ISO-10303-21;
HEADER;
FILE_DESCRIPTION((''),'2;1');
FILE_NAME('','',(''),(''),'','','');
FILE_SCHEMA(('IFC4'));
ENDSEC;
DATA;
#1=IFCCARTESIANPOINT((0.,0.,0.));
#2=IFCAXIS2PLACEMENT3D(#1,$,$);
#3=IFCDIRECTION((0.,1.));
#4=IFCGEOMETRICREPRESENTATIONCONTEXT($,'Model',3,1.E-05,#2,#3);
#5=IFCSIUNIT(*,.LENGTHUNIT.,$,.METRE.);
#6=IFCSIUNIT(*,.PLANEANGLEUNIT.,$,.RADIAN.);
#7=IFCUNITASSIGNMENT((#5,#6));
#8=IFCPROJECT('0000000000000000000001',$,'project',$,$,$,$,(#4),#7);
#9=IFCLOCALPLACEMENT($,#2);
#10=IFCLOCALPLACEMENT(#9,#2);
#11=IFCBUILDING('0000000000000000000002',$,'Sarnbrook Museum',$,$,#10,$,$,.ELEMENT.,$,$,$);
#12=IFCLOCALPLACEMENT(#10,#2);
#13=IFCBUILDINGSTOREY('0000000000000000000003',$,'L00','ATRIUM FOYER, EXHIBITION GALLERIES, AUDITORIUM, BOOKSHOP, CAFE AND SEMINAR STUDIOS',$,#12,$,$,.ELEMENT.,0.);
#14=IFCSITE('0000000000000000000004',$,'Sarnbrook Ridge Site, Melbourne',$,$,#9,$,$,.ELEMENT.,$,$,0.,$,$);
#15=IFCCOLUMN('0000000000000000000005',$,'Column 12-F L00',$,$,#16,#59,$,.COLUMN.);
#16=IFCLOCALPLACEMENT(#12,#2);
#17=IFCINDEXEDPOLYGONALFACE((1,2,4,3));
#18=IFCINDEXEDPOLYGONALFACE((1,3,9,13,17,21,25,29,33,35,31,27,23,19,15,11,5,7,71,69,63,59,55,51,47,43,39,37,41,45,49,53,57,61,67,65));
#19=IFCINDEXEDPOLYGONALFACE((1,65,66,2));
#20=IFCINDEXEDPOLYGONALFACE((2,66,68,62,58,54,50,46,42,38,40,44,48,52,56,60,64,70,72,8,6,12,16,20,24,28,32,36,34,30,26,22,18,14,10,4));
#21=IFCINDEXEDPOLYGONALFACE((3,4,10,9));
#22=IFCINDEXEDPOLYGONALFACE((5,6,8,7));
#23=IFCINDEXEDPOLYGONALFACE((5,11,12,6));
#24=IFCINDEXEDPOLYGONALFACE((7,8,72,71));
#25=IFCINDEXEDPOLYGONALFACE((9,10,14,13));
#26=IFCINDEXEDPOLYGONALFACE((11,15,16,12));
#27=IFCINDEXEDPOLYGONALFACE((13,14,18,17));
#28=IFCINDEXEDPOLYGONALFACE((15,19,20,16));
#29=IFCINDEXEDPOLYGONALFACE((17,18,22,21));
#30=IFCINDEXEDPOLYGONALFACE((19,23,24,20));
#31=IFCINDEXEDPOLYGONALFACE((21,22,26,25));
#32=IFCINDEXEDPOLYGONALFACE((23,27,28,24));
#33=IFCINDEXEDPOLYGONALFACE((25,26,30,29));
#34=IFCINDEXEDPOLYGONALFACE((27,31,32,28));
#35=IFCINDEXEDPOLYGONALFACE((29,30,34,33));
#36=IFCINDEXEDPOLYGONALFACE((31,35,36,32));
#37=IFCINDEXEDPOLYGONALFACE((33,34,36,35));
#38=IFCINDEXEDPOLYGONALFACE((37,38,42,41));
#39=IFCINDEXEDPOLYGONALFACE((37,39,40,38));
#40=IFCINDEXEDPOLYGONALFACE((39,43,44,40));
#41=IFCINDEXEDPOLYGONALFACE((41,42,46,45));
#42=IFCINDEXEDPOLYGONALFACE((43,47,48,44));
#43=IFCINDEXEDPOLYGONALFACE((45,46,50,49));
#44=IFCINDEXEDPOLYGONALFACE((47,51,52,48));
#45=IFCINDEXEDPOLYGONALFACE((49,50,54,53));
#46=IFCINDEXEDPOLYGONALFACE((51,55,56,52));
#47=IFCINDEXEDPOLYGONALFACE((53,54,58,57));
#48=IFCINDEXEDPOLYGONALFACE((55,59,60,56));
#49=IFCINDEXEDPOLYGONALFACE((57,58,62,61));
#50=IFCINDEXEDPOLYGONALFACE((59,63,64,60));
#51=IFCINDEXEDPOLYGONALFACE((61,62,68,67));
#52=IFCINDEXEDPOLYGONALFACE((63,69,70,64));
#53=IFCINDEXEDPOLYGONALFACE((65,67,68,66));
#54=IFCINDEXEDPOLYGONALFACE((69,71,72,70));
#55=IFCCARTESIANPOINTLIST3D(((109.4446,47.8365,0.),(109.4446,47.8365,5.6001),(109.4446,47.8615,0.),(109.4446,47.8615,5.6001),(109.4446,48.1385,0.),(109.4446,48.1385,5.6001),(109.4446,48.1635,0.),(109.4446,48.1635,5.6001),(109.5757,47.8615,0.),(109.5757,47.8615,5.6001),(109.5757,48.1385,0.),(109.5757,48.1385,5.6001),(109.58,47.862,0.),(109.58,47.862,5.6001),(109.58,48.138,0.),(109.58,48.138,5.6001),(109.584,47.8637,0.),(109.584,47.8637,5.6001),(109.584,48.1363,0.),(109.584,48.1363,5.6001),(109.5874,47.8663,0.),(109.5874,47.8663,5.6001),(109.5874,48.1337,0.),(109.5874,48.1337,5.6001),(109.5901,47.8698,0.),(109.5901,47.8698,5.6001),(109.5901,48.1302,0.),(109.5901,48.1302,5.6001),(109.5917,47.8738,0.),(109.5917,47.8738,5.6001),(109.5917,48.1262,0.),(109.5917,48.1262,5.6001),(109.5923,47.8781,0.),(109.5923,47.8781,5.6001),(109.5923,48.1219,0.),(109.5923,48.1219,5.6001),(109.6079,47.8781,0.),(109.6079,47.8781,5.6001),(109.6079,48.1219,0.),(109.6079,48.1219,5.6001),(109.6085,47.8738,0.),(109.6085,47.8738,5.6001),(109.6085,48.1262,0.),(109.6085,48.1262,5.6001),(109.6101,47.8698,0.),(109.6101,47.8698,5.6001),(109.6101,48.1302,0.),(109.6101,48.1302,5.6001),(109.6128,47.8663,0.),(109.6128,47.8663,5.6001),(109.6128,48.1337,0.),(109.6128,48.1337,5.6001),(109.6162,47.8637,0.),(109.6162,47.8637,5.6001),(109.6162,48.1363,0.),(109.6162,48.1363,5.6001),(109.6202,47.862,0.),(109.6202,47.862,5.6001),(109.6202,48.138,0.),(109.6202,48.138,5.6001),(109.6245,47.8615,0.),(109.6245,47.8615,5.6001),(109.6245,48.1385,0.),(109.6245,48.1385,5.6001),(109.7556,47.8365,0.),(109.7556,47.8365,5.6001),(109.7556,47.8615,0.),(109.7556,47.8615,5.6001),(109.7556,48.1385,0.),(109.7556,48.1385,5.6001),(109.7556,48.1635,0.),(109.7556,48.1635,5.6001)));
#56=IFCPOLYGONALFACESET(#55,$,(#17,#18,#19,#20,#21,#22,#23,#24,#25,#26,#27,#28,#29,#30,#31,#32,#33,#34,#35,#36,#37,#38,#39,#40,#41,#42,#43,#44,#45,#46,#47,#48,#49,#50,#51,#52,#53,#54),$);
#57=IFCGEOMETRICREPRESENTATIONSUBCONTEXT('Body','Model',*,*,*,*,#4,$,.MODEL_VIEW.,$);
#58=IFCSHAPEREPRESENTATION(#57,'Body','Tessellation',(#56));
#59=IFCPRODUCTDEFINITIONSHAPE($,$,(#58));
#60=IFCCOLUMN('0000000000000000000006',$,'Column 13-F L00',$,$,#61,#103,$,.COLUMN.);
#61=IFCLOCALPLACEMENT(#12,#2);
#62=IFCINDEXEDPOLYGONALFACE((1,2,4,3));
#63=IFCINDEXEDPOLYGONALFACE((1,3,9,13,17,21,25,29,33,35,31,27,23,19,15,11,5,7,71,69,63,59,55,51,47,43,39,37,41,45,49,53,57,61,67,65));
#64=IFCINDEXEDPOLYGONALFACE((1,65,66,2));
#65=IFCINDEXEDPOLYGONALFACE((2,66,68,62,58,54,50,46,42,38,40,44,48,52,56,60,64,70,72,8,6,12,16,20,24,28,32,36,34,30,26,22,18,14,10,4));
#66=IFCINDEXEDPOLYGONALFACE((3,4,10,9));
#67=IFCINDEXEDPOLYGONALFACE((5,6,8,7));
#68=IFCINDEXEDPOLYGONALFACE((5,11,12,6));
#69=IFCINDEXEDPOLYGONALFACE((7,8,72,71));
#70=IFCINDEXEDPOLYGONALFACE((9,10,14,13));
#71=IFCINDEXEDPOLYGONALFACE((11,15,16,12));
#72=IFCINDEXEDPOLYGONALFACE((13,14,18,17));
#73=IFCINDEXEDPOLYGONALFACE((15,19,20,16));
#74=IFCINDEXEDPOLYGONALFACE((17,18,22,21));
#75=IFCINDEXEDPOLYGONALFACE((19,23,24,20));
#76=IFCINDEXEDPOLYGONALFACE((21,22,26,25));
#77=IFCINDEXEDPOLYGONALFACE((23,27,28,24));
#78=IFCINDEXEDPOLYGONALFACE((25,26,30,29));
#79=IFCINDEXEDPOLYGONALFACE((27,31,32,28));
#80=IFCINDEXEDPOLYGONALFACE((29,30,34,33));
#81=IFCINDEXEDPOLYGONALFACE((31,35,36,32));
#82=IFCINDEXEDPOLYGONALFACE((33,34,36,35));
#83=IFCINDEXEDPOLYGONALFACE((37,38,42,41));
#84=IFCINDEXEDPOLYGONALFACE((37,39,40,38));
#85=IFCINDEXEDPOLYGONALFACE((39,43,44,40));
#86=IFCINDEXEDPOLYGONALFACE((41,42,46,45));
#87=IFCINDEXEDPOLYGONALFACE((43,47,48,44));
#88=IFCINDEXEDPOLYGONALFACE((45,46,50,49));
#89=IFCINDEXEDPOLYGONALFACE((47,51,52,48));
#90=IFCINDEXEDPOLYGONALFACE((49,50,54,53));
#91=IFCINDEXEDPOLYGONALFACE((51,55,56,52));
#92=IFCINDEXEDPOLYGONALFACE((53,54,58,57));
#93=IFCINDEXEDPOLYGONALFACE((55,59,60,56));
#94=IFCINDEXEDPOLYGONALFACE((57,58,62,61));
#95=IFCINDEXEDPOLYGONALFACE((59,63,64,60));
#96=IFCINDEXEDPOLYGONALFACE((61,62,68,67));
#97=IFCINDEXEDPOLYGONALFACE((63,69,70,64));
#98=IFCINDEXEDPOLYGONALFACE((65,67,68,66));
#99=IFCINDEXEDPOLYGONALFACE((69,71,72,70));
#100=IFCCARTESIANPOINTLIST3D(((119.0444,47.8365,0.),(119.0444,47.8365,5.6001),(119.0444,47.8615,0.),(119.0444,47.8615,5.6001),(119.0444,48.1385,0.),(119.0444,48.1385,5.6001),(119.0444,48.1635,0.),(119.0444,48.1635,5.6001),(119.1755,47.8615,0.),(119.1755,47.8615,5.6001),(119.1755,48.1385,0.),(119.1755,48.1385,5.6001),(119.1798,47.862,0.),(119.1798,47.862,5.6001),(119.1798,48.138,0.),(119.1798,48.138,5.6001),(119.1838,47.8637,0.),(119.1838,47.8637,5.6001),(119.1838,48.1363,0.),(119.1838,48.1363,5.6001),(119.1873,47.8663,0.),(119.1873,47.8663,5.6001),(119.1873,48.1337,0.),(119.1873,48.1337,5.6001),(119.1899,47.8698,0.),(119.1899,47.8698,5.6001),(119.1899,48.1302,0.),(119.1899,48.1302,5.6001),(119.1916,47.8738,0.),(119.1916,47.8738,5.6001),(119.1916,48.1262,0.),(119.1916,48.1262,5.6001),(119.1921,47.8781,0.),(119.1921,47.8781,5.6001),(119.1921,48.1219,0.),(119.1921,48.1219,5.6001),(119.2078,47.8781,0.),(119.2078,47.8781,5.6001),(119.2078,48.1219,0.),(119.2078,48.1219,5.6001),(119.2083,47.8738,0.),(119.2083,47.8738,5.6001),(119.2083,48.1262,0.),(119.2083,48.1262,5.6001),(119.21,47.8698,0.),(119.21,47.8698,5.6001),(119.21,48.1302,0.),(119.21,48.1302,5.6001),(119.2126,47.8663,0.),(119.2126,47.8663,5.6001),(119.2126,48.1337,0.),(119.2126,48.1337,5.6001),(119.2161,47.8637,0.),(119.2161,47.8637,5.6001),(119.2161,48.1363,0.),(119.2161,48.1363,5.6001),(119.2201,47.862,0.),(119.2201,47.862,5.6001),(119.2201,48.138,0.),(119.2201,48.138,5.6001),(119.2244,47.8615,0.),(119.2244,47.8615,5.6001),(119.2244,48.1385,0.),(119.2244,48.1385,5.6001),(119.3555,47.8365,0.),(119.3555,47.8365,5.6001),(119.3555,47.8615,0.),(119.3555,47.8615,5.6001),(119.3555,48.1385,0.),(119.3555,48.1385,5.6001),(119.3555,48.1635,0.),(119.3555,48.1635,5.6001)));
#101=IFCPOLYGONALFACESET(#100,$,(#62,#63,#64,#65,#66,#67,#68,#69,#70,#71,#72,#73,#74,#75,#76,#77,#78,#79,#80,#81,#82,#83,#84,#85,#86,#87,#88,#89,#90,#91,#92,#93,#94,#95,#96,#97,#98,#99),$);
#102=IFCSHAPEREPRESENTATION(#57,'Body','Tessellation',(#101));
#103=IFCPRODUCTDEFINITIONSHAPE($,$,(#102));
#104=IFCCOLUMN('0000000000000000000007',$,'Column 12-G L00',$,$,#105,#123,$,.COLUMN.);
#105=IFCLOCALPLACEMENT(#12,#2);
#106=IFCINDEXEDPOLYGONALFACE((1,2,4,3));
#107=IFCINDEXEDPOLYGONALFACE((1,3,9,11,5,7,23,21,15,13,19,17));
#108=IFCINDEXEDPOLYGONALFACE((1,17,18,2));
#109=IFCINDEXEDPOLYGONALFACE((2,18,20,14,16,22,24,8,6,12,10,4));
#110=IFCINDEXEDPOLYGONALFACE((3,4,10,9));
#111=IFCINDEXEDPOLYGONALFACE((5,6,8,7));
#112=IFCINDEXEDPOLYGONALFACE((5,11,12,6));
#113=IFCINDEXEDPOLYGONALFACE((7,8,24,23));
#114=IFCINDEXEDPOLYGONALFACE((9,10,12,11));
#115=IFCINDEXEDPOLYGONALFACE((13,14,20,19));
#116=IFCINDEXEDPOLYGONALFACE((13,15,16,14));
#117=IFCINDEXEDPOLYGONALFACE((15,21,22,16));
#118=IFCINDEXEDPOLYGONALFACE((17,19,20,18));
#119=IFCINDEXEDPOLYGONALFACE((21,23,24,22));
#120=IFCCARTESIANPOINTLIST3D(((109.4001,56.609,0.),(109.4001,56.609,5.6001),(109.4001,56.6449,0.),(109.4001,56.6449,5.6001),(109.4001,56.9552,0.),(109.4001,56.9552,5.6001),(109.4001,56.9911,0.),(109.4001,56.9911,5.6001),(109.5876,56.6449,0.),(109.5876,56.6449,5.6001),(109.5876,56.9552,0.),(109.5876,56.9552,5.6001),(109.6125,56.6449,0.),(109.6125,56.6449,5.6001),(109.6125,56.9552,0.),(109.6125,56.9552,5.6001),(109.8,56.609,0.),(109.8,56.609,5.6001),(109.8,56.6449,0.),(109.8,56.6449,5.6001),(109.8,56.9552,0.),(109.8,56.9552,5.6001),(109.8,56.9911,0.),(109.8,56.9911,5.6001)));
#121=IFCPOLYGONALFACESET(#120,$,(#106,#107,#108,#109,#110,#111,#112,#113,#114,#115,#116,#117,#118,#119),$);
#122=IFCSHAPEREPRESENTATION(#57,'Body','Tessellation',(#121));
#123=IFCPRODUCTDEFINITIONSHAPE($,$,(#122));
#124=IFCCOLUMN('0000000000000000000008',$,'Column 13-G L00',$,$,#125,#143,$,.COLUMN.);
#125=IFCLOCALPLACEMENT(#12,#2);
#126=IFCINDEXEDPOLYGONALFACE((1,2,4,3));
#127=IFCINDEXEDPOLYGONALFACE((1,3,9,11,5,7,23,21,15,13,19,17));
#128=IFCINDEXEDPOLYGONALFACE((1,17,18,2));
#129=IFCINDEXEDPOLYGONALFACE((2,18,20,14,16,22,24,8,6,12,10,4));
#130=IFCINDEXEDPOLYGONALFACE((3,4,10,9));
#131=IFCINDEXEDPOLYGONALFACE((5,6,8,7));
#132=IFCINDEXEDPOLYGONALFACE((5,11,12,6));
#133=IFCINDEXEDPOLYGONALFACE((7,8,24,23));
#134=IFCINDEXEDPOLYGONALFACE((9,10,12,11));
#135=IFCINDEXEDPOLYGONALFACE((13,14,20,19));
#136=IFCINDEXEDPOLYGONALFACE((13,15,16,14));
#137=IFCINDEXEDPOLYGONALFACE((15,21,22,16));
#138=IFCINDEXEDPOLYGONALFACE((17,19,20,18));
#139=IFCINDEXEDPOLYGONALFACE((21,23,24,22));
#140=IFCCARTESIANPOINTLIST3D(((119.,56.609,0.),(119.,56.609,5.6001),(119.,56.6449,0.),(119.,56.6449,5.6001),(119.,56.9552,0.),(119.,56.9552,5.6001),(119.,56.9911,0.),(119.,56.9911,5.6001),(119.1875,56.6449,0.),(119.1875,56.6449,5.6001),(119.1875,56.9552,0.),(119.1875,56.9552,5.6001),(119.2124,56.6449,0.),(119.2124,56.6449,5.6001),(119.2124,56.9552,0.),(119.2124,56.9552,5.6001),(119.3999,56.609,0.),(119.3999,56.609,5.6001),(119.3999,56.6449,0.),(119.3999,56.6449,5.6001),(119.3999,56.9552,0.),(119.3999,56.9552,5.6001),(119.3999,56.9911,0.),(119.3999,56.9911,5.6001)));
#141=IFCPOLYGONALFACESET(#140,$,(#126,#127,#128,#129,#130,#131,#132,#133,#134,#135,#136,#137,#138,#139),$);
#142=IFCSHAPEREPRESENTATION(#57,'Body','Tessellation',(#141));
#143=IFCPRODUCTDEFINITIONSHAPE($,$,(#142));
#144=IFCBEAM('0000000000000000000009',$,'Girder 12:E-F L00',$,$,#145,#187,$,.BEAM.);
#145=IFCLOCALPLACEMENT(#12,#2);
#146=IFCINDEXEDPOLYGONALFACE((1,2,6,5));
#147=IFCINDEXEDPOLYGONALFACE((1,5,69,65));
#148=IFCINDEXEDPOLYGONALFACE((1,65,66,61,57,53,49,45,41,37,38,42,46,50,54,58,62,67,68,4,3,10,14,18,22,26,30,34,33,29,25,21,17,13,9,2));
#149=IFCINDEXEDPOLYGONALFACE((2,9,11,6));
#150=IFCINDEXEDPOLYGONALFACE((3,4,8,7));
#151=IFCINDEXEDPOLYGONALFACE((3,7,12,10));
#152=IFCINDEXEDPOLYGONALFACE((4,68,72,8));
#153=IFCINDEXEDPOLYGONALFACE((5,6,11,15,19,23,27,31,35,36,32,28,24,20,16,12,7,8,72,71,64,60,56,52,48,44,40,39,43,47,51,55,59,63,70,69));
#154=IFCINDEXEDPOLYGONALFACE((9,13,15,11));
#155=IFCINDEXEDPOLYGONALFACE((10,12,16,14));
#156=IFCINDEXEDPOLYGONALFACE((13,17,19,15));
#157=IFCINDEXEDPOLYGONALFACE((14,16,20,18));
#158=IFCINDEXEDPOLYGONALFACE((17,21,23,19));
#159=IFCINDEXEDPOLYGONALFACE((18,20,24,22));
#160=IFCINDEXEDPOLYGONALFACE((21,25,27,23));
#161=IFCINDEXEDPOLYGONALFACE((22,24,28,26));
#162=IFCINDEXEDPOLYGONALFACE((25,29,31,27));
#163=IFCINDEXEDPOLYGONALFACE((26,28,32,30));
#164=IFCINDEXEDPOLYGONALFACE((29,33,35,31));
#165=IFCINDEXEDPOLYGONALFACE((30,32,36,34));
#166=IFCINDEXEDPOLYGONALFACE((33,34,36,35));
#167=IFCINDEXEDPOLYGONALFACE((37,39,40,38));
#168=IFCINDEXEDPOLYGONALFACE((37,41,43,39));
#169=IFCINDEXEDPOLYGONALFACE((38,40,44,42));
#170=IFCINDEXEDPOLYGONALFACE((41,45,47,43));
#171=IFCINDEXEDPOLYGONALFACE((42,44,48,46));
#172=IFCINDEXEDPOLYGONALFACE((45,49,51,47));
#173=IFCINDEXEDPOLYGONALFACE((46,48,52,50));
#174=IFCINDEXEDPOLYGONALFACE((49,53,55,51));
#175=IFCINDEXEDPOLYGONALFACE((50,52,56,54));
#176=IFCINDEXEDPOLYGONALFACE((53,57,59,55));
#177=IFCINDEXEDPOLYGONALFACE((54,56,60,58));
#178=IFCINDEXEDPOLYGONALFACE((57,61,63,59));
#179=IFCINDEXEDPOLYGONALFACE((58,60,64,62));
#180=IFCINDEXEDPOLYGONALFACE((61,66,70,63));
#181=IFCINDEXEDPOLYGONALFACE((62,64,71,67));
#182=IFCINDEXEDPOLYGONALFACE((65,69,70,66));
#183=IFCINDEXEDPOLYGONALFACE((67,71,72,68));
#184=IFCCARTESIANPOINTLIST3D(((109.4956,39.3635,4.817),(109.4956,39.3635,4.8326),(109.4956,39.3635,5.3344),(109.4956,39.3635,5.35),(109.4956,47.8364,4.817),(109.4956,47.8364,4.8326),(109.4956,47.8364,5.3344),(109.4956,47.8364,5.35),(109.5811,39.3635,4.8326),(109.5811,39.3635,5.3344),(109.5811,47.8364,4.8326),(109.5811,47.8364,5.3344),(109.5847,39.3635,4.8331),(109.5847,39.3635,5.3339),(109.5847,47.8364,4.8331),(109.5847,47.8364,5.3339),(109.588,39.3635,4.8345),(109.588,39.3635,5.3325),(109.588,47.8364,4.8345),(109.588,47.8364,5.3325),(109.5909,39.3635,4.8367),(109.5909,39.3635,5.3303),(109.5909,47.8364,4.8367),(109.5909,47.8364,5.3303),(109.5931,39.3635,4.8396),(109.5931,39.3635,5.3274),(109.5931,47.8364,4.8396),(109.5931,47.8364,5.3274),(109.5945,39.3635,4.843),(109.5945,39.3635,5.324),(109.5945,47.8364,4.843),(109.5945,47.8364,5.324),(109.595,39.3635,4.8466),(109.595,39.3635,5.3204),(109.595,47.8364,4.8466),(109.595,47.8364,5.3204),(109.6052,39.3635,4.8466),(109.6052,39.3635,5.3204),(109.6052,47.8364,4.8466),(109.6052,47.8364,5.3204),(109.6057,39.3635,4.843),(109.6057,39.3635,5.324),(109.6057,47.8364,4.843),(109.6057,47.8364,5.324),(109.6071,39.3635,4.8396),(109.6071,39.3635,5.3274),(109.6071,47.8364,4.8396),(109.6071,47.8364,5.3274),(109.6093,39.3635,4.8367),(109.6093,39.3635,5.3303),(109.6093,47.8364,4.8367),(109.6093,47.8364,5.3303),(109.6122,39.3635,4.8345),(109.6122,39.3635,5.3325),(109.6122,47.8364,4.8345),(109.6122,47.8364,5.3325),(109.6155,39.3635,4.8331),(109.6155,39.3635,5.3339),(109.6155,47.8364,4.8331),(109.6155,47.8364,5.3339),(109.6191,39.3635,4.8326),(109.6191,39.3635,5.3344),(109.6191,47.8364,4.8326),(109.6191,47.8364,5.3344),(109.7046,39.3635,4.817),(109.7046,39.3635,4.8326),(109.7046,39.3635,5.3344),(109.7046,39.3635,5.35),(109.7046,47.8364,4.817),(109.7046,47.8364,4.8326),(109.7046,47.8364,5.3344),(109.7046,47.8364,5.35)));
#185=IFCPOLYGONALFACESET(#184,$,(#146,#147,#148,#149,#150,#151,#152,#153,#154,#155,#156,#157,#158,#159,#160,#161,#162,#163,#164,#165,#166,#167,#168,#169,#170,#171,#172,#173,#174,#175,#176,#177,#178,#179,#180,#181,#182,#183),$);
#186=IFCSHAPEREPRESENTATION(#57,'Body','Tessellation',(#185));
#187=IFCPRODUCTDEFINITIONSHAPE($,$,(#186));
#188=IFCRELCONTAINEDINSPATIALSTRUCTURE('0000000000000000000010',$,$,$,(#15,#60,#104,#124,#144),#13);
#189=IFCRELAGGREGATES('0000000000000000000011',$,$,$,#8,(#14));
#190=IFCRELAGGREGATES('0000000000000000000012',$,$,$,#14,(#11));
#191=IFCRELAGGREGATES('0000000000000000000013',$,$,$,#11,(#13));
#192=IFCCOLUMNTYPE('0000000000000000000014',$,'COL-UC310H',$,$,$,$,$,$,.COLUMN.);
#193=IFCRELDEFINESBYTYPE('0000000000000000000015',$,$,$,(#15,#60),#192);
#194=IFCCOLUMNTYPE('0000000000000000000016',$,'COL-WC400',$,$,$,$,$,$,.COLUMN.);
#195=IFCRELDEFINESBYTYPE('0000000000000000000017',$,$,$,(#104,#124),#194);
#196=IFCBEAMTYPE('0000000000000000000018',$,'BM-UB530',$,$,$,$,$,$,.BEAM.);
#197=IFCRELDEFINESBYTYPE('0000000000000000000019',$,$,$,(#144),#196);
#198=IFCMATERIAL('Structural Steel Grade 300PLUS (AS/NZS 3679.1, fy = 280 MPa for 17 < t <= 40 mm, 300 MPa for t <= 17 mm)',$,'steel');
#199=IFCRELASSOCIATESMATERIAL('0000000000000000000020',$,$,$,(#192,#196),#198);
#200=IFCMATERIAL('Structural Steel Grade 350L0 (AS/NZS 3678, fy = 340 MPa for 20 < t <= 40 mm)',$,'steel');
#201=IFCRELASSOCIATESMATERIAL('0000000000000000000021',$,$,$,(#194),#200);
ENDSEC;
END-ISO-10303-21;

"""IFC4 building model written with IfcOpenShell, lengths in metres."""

from ifc_helpers import new_model, si_unit, direction, frame, origin, origin_2d, place, context, subcontext, project, spatial, i_section, extrude, material, material_profile, profile_set, type_object, element, save


model = new_model("IFC4")

# Units and contexts
model_context = context("Model", 3, precision=1e-05, world=origin(), true_north=direction((0.0, 1.0)))
body_context = subcontext(model_context, "Body", "Model", "MODEL_VIEW")
ifc_project = project(units=[si_unit("LENGTHUNIT", "METRE"), si_unit("PLANEANGLEUNIT", "RADIAN")], contexts=[model_context])

# Site, building, storey
site_placement = place(None, origin())
site = spatial("IfcSite", under=ifc_project, at=site_placement, Name="Sarnbrook Ridge Site, Melbourne", CompositionType="ELEMENT", RefElevation=0.0)
building_placement = place(site_placement, origin())
building = spatial("IfcBuilding", under=site, at=building_placement, Name="Sarnbrook Museum", CompositionType="ELEMENT")
storey_placement = place(building_placement, origin())
storey = spatial("IfcBuildingStorey", under=building, at=storey_placement, Name="L00", Description="ATRIUM FOYER, EXHIBITION GALLERIES, AUDITORIUM, BOOKSHOP, CAFE AND SEMINAR STUDIOS", CompositionType="ELEMENT", Elevation=0.0)

# Columns
ifc_material_1 = material(Name="Structural Steel Grade 300PLUS (AS/NZS 3679.1, fy = 280 MPa for 17 < t <= 40 mm, 300 MPa for t <= 17 mm)", Category="steel")
ifc_material_profile_1 = material_profile(ifc_material_1, i_section(OverallWidth=0.311, OverallDepth=0.3269, WebThickness=0.0156, FlangeThickness=0.0249, FilletRadius=0.0166, at=origin_2d()), Name="310UC158")
ifc_profile_set_1 = profile_set([ifc_material_profile_1], Name="Structural Steel Grade 300PLUS (AS/NZS 3679.1, fy = 280 MPa for 17 < t <= 40 mm, 300 MPa for t <= 17 mm)")
column_type_1 = type_object("IfcColumnType", Name="COL-UC310H", PredefinedType="COLUMN", material=ifc_profile_set_1)
for number, where, z_axis, x_axis, name in (
    (1, (109.6001, 48.0, 0.0), (0.0, 0.0, 1.0), (1.0, 0.0, 0.0), "Column 12-F L00"),
    (2, (119.2, 48.0, 0.0), (0.0, 0.0, 1.0), (1.0, 0.0, 0.0), "Column 13-F L00"),
):
    element("IfcColumn", number, at=place(storey_placement, frame(where, z_axis=z_axis, x_axis=x_axis)), inside=storey, type_object=column_type_1, Name=name, PredefinedType="COLUMN", context=body_context, shape_type="SweptSolid", body=[
        extrude(i_section(OverallWidth=0.311, OverallDepth=0.3269, WebThickness=0.0156, FlangeThickness=0.0249, FilletRadius=0.0166, at=origin_2d()), origin(), (0.0, 0.0, 1.0), 5.6001),
    ])
ifc_material_2 = material(Name="Structural Steel Grade 350L0 (AS/NZS 3678, fy = 340 MPa for 20 < t <= 40 mm)", Category="steel")
ifc_material_profile_2 = material_profile(ifc_material_2, i_section(OverallWidth=0.3999, OverallDepth=0.3821, WebThickness=0.0249, FlangeThickness=0.0359, at=origin_2d()), Name="400WC270")
ifc_profile_set_2 = profile_set([ifc_material_profile_2], Name="Structural Steel Grade 350L0 (AS/NZS 3678, fy = 340 MPa for 20 < t <= 40 mm)")
column_type_2 = type_object("IfcColumnType", Name="COL-WC400", PredefinedType="COLUMN", material=ifc_profile_set_2)
for number, where, z_axis, x_axis, name in (
    (3, (109.6001, 56.8, 0.0), (0.0, 0.0, 1.0), (1.0, 0.0, 0.0), "Column 12-G L00"),
    (4, (119.2, 56.8, 0.0), (0.0, 0.0, 1.0), (1.0, 0.0, 0.0), "Column 13-G L00"),
):
    element("IfcColumn", number, at=place(storey_placement, frame(where, z_axis=z_axis, x_axis=x_axis)), inside=storey, type_object=column_type_2, Name=name, PredefinedType="COLUMN", context=body_context, shape_type="SweptSolid", body=[
        extrude(i_section(OverallWidth=0.3999, OverallDepth=0.3821, WebThickness=0.0249, FlangeThickness=0.0359, at=origin_2d()), origin(), (0.0, 0.0, 1.0), 5.6001),
    ])

# Beam
ifc_material_profile_3 = material_profile(ifc_material_1, i_section(OverallWidth=0.209, OverallDepth=0.533, WebThickness=0.0103, FlangeThickness=0.0156, FilletRadius=0.0139, at=origin_2d()), Name="530UB92.4")
ifc_profile_set_3 = profile_set([ifc_material_profile_3], Name="Structural Steel Grade 300PLUS (AS/NZS 3679.1, fy = 280 MPa for 17 < t <= 40 mm, 300 MPa for t <= 17 mm)")
beam_type_1 = type_object("IfcBeamType", Name="BM-UB530", PredefinedType="BEAM", material=ifc_profile_set_3)
beam_1_placement = place(storey_placement, frame((109.6001, 39.3635, 5.0835), z_axis=(0.0, 1.0, 0.0), x_axis=(-1.0, 0.0, 0.0)))
element("IfcBeam", 5, at=beam_1_placement, inside=storey, type_object=beam_type_1, Name="Girder 12:E-F L00", PredefinedType="BEAM", context=body_context, shape_type="SweptSolid", body=[
    extrude(i_section(OverallWidth=0.209, OverallDepth=0.533, WebThickness=0.0103, FlangeThickness=0.0156, FilletRadius=0.0139, at=origin_2d()), origin(), (0.0, 0.0, 1.0), 8.4729),
])

save(model, "model.ifc")
